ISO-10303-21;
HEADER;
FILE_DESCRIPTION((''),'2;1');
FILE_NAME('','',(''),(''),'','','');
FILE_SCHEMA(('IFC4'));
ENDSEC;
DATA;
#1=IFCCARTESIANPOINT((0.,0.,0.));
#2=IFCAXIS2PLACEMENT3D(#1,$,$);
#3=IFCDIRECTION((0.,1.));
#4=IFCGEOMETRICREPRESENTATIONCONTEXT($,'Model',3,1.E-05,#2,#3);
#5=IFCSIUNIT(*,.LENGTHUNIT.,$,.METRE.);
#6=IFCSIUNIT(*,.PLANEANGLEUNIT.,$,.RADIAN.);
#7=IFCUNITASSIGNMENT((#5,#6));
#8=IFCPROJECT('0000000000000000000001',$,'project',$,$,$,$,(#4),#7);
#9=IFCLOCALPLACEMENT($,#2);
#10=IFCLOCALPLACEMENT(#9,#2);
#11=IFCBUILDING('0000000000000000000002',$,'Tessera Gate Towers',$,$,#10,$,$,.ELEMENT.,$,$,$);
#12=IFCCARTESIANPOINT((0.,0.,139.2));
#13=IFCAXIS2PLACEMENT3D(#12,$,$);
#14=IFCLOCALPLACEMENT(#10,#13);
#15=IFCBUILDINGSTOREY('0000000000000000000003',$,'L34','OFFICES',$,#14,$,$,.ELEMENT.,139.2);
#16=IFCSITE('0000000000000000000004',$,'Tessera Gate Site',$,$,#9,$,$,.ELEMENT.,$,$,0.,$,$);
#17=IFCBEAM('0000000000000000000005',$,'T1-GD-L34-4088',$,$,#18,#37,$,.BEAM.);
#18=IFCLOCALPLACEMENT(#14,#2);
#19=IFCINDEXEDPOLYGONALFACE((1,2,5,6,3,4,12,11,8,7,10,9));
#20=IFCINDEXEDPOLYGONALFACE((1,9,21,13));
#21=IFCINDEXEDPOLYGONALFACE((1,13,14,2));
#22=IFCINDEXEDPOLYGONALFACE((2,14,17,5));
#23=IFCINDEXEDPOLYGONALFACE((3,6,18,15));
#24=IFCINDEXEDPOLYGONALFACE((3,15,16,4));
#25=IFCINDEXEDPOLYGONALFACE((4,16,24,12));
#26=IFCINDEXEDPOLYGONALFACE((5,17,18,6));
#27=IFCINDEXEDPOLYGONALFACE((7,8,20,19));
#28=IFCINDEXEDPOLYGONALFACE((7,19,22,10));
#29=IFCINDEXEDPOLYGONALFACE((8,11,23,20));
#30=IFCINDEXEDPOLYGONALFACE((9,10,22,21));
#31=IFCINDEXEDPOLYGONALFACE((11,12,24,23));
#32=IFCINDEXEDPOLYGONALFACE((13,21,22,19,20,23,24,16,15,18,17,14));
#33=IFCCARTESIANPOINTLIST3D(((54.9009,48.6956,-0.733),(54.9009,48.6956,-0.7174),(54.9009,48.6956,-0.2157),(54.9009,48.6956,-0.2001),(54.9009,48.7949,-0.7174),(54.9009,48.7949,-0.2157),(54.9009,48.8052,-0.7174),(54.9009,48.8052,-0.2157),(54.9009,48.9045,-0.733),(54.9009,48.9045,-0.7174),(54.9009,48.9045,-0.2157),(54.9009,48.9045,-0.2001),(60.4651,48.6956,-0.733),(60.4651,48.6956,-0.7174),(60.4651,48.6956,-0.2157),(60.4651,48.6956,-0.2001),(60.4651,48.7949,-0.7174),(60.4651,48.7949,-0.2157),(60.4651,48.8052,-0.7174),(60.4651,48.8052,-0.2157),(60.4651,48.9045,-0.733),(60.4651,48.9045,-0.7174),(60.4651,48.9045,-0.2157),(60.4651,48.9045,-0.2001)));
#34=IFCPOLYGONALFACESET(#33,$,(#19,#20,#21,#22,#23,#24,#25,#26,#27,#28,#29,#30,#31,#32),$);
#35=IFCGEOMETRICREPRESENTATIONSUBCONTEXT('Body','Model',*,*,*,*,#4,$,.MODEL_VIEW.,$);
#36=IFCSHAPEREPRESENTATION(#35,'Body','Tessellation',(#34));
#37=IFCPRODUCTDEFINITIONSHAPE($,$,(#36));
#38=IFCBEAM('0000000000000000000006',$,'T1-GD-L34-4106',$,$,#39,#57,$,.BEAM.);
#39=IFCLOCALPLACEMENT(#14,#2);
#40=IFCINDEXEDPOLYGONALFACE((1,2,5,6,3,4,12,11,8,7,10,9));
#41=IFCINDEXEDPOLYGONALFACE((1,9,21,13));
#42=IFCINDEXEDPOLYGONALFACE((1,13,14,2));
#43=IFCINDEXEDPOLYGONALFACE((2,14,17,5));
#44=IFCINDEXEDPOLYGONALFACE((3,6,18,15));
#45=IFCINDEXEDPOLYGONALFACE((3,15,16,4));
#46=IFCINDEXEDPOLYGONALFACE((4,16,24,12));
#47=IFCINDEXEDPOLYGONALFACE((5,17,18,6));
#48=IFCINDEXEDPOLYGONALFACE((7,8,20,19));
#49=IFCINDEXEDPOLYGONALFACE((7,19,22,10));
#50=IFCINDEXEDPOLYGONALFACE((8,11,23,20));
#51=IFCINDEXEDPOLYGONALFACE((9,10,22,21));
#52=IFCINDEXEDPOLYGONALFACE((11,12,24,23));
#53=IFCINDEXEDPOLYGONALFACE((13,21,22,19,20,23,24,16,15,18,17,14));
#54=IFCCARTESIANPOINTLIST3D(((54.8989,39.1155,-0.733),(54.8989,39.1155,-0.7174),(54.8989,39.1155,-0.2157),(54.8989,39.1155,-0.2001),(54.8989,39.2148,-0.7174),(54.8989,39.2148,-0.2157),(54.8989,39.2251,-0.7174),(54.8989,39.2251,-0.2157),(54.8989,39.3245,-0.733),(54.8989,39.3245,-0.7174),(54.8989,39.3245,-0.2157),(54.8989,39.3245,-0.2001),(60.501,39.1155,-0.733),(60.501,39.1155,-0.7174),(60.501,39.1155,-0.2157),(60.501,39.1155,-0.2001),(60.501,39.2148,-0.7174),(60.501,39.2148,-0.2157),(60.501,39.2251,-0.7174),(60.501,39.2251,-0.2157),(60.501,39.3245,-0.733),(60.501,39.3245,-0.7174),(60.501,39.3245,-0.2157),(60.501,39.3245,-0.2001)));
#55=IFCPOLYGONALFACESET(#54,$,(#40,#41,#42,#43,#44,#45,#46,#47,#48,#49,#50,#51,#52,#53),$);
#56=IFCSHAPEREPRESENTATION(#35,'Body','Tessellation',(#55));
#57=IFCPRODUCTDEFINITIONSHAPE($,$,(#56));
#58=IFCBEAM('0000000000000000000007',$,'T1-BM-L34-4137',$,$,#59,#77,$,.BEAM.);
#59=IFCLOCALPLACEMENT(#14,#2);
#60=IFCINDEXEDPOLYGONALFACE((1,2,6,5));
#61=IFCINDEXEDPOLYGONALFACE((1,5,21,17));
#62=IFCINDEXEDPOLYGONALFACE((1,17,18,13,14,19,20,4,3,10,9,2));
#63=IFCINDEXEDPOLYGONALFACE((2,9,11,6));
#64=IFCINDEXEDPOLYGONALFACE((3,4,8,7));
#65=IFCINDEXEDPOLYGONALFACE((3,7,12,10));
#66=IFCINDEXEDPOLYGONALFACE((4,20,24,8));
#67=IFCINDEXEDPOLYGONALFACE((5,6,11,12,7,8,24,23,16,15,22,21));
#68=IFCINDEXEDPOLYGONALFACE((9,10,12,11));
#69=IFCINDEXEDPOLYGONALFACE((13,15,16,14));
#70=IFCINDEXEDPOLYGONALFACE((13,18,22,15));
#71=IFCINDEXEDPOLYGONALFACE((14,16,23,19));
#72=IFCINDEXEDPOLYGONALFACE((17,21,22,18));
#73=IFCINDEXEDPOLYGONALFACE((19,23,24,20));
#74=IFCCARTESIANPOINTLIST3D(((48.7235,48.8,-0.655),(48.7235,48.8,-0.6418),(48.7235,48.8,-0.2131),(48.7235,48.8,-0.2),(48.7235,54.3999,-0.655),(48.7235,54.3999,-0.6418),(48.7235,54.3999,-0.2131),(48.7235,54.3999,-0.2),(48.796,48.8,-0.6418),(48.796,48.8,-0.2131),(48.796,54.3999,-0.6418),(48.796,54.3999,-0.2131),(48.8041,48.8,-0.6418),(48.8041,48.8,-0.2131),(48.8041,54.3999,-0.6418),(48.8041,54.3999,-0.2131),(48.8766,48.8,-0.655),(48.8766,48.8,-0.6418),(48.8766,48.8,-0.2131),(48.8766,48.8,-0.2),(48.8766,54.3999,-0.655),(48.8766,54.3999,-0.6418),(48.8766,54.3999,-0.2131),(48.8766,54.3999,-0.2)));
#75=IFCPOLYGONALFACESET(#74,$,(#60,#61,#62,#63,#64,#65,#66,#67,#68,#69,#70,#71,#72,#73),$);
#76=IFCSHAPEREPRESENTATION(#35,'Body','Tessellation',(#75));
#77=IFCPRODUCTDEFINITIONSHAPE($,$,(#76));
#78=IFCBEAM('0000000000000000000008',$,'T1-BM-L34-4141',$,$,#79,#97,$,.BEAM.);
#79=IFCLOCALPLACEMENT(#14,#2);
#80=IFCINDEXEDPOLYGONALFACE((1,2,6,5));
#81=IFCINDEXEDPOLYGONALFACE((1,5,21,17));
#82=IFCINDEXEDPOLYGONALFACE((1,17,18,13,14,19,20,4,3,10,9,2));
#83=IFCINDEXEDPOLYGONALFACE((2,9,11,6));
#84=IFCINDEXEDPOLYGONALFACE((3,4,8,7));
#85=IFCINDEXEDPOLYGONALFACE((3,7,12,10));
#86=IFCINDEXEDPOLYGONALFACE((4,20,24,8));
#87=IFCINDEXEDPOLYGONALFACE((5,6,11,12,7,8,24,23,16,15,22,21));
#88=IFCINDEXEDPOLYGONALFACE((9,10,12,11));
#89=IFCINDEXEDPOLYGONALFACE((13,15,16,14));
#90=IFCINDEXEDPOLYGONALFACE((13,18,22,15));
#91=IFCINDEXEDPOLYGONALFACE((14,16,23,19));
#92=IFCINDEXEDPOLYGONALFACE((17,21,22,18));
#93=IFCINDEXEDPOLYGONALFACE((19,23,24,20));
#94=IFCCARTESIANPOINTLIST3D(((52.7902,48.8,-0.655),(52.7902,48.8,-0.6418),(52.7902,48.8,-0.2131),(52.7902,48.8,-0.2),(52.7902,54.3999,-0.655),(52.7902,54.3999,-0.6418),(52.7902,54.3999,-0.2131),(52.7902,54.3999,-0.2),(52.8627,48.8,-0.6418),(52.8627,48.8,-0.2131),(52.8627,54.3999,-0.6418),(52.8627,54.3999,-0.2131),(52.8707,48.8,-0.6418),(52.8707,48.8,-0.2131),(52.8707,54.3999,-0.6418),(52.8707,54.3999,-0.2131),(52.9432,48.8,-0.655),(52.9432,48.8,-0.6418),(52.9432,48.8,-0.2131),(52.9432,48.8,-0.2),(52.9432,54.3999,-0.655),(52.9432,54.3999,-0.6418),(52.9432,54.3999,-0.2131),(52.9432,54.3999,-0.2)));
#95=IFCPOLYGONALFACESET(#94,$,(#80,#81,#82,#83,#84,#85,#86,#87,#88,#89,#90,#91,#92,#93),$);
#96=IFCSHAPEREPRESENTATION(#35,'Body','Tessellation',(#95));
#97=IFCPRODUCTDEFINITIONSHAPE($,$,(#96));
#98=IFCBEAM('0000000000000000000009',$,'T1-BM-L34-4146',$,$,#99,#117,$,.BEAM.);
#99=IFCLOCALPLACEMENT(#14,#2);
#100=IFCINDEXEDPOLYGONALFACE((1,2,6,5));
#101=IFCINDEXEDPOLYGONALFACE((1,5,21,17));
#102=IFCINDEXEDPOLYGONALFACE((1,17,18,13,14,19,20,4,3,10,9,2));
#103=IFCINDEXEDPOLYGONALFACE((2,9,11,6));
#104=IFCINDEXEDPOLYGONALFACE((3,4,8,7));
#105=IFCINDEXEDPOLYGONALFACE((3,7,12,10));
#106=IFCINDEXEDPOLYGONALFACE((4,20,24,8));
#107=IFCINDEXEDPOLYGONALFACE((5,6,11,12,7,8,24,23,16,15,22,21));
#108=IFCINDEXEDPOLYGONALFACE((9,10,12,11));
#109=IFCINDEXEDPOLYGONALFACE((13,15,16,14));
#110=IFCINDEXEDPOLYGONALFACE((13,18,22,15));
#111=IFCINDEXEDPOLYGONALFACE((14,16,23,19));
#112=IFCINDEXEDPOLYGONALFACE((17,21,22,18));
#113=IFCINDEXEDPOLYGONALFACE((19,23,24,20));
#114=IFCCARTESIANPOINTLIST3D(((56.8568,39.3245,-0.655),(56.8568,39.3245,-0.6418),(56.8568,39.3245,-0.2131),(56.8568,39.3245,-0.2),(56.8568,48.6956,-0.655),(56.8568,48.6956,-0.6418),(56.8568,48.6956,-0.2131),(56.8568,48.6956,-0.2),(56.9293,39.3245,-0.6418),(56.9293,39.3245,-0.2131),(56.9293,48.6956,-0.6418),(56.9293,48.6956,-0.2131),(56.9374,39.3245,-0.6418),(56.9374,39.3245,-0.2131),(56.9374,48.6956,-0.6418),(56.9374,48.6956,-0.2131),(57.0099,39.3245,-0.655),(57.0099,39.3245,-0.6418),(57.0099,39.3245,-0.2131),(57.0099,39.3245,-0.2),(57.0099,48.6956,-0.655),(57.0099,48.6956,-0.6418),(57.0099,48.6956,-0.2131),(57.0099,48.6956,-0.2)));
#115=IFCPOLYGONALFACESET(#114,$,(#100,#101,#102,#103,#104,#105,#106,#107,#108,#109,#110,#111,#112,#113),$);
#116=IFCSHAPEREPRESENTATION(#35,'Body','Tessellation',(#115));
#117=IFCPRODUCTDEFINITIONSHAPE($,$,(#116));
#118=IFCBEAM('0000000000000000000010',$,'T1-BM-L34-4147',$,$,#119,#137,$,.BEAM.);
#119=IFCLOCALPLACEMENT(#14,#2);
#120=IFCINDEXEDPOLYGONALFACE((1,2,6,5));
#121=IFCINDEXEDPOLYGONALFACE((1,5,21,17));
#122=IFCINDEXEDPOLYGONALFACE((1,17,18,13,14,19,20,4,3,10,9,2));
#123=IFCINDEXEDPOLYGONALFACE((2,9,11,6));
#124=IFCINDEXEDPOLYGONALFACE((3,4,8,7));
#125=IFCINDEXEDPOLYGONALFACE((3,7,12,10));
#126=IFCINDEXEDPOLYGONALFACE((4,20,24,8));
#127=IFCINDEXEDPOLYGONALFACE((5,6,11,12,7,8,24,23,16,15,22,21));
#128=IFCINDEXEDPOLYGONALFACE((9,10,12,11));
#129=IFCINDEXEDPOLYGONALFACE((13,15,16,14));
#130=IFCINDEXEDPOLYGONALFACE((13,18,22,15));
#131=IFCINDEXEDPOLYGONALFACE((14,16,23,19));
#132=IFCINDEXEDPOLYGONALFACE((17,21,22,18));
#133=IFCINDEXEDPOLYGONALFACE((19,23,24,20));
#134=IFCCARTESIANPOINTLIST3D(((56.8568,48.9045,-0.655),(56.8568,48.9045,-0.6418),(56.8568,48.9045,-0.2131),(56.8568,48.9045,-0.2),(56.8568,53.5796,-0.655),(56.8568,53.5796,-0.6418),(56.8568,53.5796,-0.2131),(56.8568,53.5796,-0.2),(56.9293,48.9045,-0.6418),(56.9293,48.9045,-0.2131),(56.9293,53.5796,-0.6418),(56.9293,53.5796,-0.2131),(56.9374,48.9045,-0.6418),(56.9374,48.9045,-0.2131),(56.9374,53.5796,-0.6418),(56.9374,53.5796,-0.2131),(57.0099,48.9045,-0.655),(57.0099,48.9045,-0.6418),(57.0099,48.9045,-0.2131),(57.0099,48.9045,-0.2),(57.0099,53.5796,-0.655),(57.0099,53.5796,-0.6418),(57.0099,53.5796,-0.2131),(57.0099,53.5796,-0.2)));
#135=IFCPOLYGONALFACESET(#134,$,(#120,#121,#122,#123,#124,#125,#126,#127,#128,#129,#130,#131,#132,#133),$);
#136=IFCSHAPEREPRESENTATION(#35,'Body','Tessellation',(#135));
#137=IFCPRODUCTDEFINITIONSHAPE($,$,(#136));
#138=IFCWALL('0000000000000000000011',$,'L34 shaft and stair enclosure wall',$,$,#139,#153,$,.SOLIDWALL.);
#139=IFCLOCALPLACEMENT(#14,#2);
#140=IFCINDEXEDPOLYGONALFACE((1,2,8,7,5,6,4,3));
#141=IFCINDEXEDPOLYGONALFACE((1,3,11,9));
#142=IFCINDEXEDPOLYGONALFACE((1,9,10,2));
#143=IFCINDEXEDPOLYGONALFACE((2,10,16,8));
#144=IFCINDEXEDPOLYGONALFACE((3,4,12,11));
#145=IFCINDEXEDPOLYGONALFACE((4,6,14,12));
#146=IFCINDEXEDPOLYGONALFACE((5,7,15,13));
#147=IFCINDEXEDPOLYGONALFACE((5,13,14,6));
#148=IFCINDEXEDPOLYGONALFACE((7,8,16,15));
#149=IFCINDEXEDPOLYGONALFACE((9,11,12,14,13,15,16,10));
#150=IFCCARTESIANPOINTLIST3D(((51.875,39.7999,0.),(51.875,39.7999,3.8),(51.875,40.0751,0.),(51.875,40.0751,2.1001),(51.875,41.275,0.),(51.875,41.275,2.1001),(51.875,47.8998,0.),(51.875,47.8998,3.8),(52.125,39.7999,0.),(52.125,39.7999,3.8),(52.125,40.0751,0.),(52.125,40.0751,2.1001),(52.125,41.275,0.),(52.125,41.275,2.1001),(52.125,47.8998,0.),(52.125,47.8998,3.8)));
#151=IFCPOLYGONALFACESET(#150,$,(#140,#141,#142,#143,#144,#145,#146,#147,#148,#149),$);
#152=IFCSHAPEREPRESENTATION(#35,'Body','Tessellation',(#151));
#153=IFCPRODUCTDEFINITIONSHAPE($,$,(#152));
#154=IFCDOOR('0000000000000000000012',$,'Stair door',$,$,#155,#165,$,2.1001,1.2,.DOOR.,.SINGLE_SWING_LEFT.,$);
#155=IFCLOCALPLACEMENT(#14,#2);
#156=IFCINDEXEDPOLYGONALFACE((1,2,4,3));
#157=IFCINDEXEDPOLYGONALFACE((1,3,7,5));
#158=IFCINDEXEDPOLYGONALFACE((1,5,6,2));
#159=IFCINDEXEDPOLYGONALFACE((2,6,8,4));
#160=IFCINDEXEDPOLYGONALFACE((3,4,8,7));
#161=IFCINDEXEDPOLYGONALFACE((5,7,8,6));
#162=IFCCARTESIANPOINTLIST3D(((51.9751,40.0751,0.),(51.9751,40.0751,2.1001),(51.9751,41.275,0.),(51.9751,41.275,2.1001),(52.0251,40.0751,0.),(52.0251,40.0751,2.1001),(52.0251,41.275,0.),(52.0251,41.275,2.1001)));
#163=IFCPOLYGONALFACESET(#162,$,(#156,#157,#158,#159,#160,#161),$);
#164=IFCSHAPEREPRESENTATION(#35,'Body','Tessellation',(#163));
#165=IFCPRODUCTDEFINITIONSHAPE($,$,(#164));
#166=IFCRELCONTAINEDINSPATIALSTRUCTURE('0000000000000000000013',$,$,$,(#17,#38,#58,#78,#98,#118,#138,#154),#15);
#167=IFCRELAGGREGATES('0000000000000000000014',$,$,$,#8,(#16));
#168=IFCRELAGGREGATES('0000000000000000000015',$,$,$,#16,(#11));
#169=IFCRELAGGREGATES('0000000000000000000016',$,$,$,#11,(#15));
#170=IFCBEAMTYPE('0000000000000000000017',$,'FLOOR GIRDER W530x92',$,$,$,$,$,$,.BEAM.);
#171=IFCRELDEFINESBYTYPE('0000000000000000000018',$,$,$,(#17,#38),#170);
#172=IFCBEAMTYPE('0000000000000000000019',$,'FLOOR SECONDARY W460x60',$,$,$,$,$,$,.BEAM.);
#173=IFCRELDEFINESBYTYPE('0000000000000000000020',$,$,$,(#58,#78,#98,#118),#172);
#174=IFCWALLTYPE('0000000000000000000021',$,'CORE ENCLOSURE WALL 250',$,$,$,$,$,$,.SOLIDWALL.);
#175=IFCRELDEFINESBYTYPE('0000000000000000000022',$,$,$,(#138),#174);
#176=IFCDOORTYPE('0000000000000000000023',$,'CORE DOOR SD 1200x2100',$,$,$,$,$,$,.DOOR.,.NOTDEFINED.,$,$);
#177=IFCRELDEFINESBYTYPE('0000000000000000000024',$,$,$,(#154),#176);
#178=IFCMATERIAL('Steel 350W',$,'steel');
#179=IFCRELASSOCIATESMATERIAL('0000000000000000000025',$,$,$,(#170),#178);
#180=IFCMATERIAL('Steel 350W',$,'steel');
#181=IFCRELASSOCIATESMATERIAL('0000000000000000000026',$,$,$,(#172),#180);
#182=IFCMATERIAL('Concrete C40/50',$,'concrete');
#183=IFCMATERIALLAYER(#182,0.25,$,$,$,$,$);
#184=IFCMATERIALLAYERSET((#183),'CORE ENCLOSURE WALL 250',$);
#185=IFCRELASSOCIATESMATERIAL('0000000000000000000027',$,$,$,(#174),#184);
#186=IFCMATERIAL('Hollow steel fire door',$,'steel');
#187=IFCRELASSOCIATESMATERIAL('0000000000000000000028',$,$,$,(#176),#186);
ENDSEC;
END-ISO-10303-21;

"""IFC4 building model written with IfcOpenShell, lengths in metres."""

from ifc_helpers import new_model, si_unit, direction, frame, frame_2d, origin, origin_2d, place, context, subcontext, project, spatial, rectangle, i_section, extrude, source, transform, mapped, material, layer, layer_set, material_profile, profile_set, type_object, element, fill, save


model = new_model("IFC4")

# Units and contexts
model_context = context("Model", 3, precision=1e-05, world=origin(), true_north=direction((0.0, 1.0)))
body_context = subcontext(model_context, "Body", "Model", "MODEL_VIEW")
ifc_project = project(units=[si_unit("LENGTHUNIT", "METRE"), si_unit("PLANEANGLEUNIT", "RADIAN")], contexts=[model_context])

# Site, building, storey
site_placement = place(None, origin())
site = spatial("IfcSite", under=ifc_project, at=site_placement, Name="Tessera Gate Site", CompositionType="ELEMENT", RefElevation=0.0)
building_placement = place(site_placement, origin())
building = spatial("IfcBuilding", under=site, at=building_placement, Name="Tessera Gate Towers", CompositionType="ELEMENT")
storey_placement = place(building_placement, frame((0.0, 0.0, 139.2)))
storey = spatial("IfcBuildingStorey", under=building, at=storey_placement, Name="L34", Description="OFFICES", CompositionType="ELEMENT", Elevation=139.2)

# Beams
ifc_material_1 = material(Name="Steel 350W", Category="steel")
ifc_material_profile_1 = material_profile(ifc_material_1, i_section(OverallWidth=0.209, OverallDepth=0.533, WebThickness=0.0103, FlangeThickness=0.0156, at=origin_2d()), Name="W530x92")
ifc_profile_set_1 = profile_set([ifc_material_profile_1], Name="Steel 350W")
beam_type_1 = type_object("IfcBeamType", Name="FLOOR GIRDER W530x92", PredefinedType="BEAM", material=ifc_profile_set_1)
beam_1_placement = place(storey_placement, frame((54.9009, 48.8, -0.4666), z_axis=(1.0, 0.0, 0.0), x_axis=(0.0, 1.0, 0.0)))
element("IfcBeam", 1, at=beam_1_placement, inside=storey, type_object=beam_type_1, Name="T1-GD-L34-4088", PredefinedType="BEAM", context=body_context, shape_type="SweptSolid", body=[
    extrude(i_section(OverallWidth=0.209, OverallDepth=0.533, WebThickness=0.0103, FlangeThickness=0.0156, at=origin_2d()), origin(), (0.0, 0.0, 1.0), 5.5642),
])
beam_2_placement = place(storey_placement, frame((54.8989, 39.22, -0.4666), z_axis=(1.0, 0.0, 0.0), x_axis=(0.0, 1.0, 0.0)))
element("IfcBeam", 2, at=beam_2_placement, inside=storey, type_object=beam_type_1, Name="T1-GD-L34-4106", PredefinedType="BEAM", context=body_context, shape_type="SweptSolid", body=[
    extrude(i_section(OverallWidth=0.209, OverallDepth=0.533, WebThickness=0.0103, FlangeThickness=0.0156, at=origin_2d()), origin(), (0.0, 0.0, 1.0), 5.6021),
])
ifc_material_2 = material(Name="Steel 350W", Category="steel")
ifc_material_profile_2 = material_profile(ifc_material_2, i_section(OverallWidth=0.1531, OverallDepth=0.4551, WebThickness=0.0081, FlangeThickness=0.0132, at=origin_2d()), Name="W460x60")
ifc_profile_set_2 = profile_set([ifc_material_profile_2], Name="Steel 350W")
beam_type_2 = type_object("IfcBeamType", Name="FLOOR SECONDARY W460x60", PredefinedType="BEAM", material=ifc_profile_set_2)
for number, where, z_axis, x_axis, name in (
    (3, (48.8, 48.8, -0.4275), (0.0, 1.0, 0.0), (-1.0, 0.0, 0.0), "T1-BM-L34-4137"),
    (4, (52.8667, 48.8, -0.4275), (0.0, 1.0, 0.0), (-1.0, 0.0, 0.0), "T1-BM-L34-4141"),
):
    element("IfcBeam", number, at=place(storey_placement, frame(where, z_axis=z_axis, x_axis=x_axis)), inside=storey, type_object=beam_type_2, Name=name, PredefinedType="BEAM", context=body_context, shape_type="SweptSolid", body=[
        extrude(i_section(OverallWidth=0.1531, OverallDepth=0.4551, WebThickness=0.0081, FlangeThickness=0.0132, at=origin_2d()), origin(), (0.0, 0.0, 1.0), 5.5999),
    ])
beam_3_placement = place(storey_placement, frame((56.9333, 39.3245, -0.4275), z_axis=(0.0, 1.0, 0.0), x_axis=(-1.0, 0.0, 0.0)))
element("IfcBeam", 5, at=beam_3_placement, inside=storey, type_object=beam_type_2, Name="T1-BM-L34-4146", PredefinedType="BEAM", context=body_context, shape_type="SweptSolid", body=[
    extrude(i_section(OverallWidth=0.1531, OverallDepth=0.4551, WebThickness=0.0081, FlangeThickness=0.0132, at=origin_2d()), origin(), (0.0, 0.0, 1.0), 9.3711),
])
beam_4_placement = place(storey_placement, frame((56.9333, 48.9045, -0.4275), z_axis=(0.0, 1.0, 0.0), x_axis=(-1.0, 0.0, 0.0)))
element("IfcBeam", 6, at=beam_4_placement, inside=storey, type_object=beam_type_2, Name="T1-BM-L34-4147", PredefinedType="BEAM", context=body_context, shape_type="SweptSolid", body=[
    extrude(i_section(OverallWidth=0.1531, OverallDepth=0.4551, WebThickness=0.0081, FlangeThickness=0.0132, at=origin_2d()), origin(), (0.0, 0.0, 1.0), 4.675),
])

# Wall, opening, door
ifc_material_3 = material(Name="Concrete C40/50", Category="concrete")
ifc_layer_1 = layer(ifc_material_3, 0.25)
ifc_layer_set_1 = layer_set([ifc_layer_1], Name="CORE ENCLOSURE WALL 250")
wall_type_1 = type_object("IfcWallType", Name="CORE ENCLOSURE WALL 250", PredefinedType="SOLIDWALL", material=ifc_layer_set_1)
wall_1_placement = place(storey_placement, frame((52.0, 39.8, 0.0), z_axis=(0.0, 0.0, 1.0), x_axis=(0.0, 1.0, 0.0)))
wall_1 = element("IfcWall", 7, at=wall_1_placement, inside=storey, type_object=wall_type_1, Name="L34 shaft and stair enclosure wall", PredefinedType="SOLIDWALL", context=body_context, shape_type="SweptSolid", body=[
    extrude(rectangle(XDim=8.0999, YDim=0.25, at=frame_2d((4.0498, 0.0))), origin(), (0.0, 0.0, 1.0), 3.8),
])
shared_shape_1 = source(origin(), body_context, "Body", "SweptSolid", [
    extrude(rectangle(XDim=1.2, YDim=2.1001, at=frame_2d((0.6001, 1.05))), frame((0.0, 0.135, 0.0), z_axis=(0.0, -1.0, 0.0), x_axis=(1.0, 0.0, 0.0)), (0.0, 0.0, 1.0), 0.27),
])
opening_1_placement = place(wall_1_placement, frame((0.2749, 0.0, 0.0)))
opening_1 = element("IfcOpeningElement", 8, at=opening_1_placement, cuts=wall_1, PredefinedType="OPENING", context=body_context, shape_type="MappedRepresentation", body=[
    mapped(shared_shape_1, transform((0.0, 0.0, 0.0), scale=1.0)),
])
ifc_material_4 = material(Name="Hollow steel fire door", Category="steel")
door_type_1 = type_object("IfcDoorType", Name="CORE DOOR SD 1200x2100", OperationType="NOTDEFINED", PredefinedType="DOOR", material=ifc_material_4)
shared_shape_2 = source(origin(), body_context, "Body", "SweptSolid", [
    extrude(rectangle(XDim=1.2, YDim=2.1001, at=frame_2d((0.6001, 1.05))), frame((0.0, 0.0249, 0.0), z_axis=(0.0, -1.0, 0.0), x_axis=(1.0, 0.0, 0.0)), (0.0, 0.0, 1.0), 0.05),
])
door_1_placement = place(opening_1_placement, origin())
door_1 = element("IfcDoor", 9, at=door_1_placement, inside=storey, type_object=door_type_1, Name="Stair door", OperationType="SINGLE_SWING_LEFT", OverallHeight=2.1001, OverallWidth=1.2, PredefinedType="DOOR", context=body_context, shape_type="MappedRepresentation", body=[
    mapped(shared_shape_2, transform((0.0, 0.0, 0.0), scale=1.0)),
])
fill(opening_1, door_1)

save(model, "model.ifc")
